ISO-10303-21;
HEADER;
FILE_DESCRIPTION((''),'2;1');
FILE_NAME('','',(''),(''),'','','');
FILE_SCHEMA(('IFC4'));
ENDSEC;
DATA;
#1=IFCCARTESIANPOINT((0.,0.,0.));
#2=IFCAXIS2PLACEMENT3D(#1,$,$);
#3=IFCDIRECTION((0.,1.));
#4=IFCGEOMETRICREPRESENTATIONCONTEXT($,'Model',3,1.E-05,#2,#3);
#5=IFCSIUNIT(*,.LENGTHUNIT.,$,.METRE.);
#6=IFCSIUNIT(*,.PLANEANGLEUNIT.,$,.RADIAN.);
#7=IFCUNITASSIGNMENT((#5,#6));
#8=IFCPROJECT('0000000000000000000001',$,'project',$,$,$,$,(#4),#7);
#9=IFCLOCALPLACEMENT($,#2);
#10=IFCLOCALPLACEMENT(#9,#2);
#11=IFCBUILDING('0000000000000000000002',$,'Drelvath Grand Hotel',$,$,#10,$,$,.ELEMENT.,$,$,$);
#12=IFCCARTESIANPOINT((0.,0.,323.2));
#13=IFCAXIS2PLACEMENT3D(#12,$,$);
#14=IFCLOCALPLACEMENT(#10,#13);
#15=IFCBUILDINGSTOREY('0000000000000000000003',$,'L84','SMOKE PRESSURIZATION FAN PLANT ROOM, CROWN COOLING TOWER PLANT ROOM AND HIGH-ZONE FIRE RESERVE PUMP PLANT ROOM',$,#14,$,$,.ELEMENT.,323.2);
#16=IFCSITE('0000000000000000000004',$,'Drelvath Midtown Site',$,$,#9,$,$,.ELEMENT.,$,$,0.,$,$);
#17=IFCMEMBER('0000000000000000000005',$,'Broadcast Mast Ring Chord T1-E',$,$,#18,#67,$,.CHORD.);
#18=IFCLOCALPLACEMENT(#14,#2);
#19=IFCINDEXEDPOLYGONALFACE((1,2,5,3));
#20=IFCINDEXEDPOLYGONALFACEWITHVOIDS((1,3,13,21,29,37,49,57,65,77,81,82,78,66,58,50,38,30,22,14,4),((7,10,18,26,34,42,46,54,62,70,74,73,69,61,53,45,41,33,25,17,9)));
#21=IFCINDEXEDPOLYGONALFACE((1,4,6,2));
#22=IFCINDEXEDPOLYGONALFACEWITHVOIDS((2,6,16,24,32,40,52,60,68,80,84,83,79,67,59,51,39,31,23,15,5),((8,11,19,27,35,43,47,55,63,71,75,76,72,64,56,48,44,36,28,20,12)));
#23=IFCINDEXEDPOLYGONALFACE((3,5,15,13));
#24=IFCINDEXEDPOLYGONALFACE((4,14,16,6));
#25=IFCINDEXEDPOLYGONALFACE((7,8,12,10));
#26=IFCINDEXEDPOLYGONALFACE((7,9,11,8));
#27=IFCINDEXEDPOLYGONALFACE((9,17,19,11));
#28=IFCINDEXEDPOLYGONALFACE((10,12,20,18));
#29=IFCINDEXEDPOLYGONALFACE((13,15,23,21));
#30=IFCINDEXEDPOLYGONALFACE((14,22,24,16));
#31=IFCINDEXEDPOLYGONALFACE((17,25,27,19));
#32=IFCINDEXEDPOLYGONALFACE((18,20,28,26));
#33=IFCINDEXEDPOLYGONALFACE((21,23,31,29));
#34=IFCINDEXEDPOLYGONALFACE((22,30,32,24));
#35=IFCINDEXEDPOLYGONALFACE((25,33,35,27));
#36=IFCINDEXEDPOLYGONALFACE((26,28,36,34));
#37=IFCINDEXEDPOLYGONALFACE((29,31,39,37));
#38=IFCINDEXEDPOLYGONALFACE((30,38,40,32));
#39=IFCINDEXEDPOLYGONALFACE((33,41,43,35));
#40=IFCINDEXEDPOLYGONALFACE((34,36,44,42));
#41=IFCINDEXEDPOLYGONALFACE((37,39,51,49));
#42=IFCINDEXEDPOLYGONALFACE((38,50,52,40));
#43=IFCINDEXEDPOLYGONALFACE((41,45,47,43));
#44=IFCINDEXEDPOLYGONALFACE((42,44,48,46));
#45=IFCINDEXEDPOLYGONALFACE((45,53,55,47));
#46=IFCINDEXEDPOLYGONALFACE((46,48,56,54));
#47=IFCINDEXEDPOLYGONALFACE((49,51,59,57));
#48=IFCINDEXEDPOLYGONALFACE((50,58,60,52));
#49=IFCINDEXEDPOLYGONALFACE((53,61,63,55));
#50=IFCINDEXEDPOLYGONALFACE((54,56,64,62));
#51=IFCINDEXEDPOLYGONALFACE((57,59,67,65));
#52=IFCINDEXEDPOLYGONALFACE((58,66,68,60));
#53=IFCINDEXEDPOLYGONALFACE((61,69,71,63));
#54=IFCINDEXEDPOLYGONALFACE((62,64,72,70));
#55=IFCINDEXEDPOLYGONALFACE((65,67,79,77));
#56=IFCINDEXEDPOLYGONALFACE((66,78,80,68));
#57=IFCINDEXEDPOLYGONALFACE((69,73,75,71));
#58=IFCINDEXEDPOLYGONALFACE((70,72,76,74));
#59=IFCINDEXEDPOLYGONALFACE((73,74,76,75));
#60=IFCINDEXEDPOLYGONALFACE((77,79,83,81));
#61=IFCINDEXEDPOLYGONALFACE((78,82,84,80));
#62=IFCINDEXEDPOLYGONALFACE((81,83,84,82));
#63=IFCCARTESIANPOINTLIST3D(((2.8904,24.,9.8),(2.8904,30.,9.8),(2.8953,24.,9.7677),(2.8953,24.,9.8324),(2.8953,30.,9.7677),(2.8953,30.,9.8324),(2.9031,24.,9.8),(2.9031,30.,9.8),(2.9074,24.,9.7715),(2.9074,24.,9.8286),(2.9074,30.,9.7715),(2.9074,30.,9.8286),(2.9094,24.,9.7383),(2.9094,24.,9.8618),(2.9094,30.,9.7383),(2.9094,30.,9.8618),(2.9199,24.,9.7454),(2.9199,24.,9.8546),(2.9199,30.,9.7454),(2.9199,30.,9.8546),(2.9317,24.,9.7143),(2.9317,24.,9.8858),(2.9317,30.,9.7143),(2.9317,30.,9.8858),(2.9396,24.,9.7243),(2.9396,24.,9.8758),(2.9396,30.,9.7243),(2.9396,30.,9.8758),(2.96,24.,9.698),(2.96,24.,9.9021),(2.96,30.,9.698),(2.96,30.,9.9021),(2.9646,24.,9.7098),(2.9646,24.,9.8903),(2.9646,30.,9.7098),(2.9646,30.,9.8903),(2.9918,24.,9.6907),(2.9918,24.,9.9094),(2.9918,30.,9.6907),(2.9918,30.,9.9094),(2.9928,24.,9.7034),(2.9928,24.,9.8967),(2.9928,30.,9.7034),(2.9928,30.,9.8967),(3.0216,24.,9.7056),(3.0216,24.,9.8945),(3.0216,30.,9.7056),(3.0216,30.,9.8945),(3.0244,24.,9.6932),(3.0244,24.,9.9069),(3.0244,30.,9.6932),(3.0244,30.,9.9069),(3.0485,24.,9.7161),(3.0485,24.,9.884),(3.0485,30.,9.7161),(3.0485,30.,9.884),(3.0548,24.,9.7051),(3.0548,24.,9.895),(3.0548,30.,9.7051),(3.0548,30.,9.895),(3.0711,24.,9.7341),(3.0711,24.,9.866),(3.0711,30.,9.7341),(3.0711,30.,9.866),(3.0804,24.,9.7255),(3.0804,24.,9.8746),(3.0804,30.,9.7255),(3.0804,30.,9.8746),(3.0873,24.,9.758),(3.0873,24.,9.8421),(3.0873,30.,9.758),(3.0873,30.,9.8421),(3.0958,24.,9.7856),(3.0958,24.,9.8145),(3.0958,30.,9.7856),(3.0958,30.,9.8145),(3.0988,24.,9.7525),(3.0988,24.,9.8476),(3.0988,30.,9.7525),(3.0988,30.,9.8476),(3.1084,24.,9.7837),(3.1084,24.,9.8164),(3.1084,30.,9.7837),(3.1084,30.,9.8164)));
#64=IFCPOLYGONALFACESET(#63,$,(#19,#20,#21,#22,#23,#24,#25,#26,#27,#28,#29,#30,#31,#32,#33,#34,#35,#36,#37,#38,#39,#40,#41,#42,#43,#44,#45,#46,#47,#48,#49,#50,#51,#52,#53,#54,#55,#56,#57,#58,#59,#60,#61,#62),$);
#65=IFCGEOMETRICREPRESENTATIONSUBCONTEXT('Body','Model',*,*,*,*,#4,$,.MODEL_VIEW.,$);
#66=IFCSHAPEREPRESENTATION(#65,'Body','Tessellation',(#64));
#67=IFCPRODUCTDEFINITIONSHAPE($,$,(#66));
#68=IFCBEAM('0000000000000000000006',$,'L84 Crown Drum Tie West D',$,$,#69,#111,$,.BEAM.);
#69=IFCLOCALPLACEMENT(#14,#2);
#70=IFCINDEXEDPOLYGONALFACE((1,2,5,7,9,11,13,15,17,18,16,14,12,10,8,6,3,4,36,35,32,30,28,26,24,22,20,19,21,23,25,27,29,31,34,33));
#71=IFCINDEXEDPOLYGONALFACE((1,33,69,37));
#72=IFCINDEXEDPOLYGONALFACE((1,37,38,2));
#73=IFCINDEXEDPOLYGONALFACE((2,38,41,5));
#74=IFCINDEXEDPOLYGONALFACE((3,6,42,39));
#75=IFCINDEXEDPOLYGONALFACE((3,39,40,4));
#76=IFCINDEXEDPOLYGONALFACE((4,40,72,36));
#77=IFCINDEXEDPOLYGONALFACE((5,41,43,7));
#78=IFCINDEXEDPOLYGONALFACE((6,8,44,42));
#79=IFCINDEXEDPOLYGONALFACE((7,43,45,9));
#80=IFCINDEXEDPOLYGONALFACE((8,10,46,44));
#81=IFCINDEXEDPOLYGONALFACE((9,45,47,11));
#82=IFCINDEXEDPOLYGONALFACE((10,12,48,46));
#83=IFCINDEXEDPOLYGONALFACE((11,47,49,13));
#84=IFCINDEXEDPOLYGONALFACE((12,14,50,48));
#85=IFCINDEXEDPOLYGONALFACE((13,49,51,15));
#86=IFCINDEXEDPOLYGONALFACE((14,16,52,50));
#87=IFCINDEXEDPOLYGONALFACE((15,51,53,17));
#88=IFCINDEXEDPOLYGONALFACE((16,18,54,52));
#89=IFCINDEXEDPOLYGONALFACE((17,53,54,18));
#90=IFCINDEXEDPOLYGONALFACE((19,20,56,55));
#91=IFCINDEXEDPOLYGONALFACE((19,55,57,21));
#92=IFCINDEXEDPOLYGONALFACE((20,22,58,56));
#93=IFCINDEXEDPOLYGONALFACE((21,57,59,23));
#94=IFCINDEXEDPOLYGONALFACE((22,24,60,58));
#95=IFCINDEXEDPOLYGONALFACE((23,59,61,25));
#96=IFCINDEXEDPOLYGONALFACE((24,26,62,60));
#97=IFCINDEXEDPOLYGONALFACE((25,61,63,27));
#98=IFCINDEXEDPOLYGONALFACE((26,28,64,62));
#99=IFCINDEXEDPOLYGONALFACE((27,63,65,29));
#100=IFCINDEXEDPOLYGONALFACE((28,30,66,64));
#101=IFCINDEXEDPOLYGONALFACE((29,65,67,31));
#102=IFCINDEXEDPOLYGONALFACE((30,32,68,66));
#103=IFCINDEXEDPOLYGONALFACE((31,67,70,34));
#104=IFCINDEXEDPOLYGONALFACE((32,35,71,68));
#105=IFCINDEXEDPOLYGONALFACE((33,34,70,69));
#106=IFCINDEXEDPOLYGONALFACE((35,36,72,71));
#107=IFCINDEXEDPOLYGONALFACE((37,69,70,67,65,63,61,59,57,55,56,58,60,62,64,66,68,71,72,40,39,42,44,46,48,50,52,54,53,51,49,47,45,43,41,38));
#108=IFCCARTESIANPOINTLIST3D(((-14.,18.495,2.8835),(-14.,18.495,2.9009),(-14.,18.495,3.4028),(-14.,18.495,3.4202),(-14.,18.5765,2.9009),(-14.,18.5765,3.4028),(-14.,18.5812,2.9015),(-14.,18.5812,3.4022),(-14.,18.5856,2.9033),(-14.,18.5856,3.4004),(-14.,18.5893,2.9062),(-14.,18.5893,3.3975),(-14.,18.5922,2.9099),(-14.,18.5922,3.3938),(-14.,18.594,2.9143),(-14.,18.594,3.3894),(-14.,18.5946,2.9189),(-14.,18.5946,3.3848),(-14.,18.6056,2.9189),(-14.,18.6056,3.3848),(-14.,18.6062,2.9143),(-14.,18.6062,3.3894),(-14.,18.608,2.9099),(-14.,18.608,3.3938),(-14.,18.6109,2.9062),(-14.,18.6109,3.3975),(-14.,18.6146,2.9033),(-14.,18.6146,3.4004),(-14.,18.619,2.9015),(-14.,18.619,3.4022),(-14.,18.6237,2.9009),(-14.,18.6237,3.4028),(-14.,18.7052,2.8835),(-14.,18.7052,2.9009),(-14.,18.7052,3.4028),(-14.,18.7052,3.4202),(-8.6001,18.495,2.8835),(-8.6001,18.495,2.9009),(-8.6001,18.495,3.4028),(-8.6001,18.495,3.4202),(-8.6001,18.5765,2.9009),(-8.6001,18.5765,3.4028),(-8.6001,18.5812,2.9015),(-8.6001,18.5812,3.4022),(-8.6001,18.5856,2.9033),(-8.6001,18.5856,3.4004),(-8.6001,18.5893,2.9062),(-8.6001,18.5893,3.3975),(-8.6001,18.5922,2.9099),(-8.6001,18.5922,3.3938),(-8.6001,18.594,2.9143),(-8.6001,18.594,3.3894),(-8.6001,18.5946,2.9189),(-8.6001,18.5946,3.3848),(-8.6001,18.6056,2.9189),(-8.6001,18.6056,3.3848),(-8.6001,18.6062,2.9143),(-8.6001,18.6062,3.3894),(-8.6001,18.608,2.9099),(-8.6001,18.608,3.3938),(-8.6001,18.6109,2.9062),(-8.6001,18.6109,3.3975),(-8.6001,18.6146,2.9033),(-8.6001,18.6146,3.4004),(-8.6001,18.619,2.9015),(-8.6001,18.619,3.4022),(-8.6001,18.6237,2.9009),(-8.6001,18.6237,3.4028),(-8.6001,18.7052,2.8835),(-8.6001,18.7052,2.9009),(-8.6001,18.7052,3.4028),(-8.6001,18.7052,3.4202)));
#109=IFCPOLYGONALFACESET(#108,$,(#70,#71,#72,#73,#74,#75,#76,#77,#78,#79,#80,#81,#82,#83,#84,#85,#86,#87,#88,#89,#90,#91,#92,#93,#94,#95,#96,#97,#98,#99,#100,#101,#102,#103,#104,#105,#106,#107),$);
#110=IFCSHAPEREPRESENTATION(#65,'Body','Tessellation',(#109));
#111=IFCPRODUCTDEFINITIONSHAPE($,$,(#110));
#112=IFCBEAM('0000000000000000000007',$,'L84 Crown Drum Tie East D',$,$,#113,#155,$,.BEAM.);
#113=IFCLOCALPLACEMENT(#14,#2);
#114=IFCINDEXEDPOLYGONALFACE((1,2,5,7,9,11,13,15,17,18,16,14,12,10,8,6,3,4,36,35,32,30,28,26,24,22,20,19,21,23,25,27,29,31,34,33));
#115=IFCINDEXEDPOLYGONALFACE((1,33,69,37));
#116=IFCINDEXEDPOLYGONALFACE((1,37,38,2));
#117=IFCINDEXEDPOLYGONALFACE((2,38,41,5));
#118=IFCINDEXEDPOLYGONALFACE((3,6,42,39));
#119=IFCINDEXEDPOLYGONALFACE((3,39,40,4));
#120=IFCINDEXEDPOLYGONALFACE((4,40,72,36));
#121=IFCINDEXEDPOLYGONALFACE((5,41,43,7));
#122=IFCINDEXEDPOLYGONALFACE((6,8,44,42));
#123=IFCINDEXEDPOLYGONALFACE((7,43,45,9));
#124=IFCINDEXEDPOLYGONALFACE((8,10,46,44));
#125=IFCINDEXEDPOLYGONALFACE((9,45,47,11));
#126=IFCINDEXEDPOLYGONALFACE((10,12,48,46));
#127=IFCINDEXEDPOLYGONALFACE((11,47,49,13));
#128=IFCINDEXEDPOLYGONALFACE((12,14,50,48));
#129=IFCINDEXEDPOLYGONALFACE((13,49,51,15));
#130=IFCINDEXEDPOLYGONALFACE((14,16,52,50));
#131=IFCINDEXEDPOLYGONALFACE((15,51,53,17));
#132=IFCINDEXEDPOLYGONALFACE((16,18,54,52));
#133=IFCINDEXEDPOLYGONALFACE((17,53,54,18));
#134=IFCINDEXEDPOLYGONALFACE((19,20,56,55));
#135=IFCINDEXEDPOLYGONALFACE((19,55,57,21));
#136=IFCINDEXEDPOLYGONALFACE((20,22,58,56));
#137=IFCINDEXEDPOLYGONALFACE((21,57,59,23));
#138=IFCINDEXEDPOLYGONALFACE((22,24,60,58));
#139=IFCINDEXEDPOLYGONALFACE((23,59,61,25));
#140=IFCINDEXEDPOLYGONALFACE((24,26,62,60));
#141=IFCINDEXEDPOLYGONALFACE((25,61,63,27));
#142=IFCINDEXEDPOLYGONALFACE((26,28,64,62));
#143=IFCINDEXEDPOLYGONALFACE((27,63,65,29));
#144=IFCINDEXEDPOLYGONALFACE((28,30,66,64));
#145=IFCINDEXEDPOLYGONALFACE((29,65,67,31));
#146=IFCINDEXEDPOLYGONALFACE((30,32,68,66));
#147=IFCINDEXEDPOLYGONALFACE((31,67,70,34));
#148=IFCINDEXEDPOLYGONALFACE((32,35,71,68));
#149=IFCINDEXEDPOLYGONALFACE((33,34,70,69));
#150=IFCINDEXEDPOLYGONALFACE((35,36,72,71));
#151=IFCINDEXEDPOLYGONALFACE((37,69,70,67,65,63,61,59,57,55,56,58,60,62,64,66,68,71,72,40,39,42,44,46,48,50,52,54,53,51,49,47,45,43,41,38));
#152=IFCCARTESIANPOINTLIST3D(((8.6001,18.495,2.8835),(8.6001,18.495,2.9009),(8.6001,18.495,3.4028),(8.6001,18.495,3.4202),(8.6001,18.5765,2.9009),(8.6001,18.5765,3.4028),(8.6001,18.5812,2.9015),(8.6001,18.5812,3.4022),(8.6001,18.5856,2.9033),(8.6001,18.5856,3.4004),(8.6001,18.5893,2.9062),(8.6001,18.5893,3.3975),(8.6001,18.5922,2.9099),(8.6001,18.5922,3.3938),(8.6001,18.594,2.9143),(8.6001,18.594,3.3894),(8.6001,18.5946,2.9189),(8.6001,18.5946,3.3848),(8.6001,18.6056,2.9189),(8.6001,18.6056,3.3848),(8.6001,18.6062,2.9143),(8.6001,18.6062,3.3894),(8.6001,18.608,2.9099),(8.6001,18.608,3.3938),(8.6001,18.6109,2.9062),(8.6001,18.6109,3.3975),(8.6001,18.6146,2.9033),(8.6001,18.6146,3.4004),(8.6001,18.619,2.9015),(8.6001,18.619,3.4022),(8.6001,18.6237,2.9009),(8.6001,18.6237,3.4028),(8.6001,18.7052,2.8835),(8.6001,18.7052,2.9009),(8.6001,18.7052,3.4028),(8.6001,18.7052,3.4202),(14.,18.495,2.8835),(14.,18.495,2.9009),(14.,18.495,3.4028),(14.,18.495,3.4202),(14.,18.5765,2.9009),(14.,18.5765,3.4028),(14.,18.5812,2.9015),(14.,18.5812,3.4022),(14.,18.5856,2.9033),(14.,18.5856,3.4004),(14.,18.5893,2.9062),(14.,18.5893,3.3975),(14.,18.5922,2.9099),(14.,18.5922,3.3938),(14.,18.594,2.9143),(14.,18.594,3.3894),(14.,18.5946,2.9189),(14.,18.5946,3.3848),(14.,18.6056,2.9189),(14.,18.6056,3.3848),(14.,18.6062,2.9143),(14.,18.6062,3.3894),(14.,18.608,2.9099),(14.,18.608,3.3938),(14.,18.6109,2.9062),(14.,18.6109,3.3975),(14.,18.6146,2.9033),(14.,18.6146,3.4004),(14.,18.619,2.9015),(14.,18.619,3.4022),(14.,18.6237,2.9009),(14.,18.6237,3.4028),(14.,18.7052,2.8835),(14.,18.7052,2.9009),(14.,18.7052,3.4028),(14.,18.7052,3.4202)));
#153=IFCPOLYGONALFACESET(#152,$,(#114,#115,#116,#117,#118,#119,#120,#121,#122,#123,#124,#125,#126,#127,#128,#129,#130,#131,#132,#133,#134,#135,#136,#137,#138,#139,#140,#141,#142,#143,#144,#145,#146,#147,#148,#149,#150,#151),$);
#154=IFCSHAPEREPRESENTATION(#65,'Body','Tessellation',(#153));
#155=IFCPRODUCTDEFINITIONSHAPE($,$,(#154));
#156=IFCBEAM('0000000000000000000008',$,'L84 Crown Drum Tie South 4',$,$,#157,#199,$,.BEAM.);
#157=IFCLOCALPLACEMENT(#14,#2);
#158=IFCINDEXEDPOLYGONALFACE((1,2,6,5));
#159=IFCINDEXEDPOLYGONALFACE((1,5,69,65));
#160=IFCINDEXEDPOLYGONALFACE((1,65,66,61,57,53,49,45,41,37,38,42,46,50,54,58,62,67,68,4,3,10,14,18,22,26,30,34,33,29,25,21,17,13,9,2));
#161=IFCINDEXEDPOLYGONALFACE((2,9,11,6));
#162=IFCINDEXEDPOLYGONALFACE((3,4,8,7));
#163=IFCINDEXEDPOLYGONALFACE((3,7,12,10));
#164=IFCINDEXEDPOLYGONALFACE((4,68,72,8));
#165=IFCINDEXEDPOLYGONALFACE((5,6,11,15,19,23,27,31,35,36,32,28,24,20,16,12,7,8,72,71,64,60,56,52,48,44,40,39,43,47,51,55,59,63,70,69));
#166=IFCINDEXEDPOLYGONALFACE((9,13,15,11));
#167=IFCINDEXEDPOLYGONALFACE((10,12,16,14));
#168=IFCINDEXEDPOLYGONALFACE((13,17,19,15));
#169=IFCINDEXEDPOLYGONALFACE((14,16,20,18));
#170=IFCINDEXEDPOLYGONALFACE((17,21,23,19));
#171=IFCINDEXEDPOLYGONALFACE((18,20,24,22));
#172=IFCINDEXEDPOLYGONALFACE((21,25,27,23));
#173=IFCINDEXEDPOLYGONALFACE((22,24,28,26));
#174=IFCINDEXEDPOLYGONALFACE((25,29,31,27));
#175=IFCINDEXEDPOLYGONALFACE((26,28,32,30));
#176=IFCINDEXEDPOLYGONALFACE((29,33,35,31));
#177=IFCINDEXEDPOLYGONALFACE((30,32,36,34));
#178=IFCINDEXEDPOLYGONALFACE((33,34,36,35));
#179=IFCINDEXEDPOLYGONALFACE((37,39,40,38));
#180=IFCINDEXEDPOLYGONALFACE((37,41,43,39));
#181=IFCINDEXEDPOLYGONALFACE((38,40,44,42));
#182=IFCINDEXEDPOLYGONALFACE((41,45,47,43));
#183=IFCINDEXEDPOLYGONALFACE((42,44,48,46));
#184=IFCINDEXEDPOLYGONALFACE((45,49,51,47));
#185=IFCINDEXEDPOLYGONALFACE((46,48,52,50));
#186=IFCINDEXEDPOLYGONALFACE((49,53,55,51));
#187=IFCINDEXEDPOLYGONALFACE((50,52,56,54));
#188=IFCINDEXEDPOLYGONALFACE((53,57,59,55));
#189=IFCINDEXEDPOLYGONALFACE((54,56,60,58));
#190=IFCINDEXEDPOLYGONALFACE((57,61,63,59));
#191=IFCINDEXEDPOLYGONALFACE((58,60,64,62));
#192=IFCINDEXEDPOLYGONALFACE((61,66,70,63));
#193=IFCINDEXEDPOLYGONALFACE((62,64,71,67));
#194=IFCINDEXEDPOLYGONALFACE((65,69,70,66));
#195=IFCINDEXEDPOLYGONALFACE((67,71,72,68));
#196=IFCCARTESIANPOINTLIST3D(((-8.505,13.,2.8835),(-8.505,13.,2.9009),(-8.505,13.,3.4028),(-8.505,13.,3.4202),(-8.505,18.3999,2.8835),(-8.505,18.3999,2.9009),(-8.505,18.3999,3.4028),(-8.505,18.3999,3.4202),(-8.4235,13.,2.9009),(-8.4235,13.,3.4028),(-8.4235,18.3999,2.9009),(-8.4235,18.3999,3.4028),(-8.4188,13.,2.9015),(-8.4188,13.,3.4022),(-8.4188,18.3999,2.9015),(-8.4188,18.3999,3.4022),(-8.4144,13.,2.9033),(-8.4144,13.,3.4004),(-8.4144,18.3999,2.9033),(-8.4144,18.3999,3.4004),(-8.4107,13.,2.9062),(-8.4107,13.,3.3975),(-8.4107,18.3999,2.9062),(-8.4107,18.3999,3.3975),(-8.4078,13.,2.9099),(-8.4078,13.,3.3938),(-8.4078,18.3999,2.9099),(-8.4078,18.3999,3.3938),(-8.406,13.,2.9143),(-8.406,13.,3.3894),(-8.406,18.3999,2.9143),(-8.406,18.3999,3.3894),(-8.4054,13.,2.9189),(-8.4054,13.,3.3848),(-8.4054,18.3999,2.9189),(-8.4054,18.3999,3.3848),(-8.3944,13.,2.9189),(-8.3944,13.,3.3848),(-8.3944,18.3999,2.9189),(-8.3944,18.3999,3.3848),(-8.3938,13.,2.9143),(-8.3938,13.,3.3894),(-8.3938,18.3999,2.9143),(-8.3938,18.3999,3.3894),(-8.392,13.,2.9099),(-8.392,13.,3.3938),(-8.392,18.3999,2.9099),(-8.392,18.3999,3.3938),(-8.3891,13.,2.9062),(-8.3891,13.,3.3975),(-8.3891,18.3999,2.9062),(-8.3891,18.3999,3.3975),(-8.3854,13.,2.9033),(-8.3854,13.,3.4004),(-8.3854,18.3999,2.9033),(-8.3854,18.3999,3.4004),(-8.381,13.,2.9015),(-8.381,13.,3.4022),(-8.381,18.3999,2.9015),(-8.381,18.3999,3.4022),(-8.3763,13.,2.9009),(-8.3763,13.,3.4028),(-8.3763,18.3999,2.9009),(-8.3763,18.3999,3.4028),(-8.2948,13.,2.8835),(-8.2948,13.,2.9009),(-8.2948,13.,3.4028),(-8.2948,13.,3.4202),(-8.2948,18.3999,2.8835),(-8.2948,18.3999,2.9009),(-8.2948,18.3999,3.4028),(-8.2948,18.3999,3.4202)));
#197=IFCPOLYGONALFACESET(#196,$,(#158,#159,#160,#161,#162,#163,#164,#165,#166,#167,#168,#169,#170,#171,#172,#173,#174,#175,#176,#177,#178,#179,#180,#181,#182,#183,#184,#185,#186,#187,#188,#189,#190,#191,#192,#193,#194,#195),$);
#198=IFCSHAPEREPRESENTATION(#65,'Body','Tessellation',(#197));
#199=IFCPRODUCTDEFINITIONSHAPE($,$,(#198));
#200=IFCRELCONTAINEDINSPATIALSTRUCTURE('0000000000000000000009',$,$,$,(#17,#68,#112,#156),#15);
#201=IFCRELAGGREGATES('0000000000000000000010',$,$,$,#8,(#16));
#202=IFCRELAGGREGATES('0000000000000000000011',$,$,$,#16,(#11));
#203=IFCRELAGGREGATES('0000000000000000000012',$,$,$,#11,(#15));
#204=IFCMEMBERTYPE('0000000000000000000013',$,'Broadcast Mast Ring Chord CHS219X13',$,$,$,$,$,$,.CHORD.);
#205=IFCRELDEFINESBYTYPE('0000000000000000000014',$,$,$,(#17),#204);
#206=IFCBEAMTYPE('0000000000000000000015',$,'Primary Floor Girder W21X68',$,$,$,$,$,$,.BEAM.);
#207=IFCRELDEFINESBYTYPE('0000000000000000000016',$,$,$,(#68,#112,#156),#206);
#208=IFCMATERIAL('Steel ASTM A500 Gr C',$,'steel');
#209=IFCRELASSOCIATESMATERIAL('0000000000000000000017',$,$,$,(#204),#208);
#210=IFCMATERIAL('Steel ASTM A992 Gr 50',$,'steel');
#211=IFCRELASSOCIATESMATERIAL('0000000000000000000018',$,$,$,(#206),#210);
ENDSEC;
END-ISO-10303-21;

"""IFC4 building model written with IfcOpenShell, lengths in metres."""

from ifc_helpers import new_model, si_unit, direction, frame, origin, origin_2d, place, context, subcontext, project, spatial, hollow_circle, i_section, extrude, material, material_profile, profile_set, type_object, element, save


model = new_model("IFC4")

# Units and contexts
model_context = context("Model", 3, precision=1e-05, world=origin(), true_north=direction((0.0, 1.0)))
body_context = subcontext(model_context, "Body", "Model", "MODEL_VIEW")
ifc_project = project(units=[si_unit("LENGTHUNIT", "METRE"), si_unit("PLANEANGLEUNIT", "RADIAN")], contexts=[model_context])

# Site, building, storey
site_placement = place(None, origin())
site = spatial("IfcSite", under=ifc_project, at=site_placement, Name="Drelvath Midtown Site", CompositionType="ELEMENT", RefElevation=0.0)
building_placement = place(site_placement, origin())
building = spatial("IfcBuilding", under=site, at=building_placement, Name="Drelvath Grand Hotel", CompositionType="ELEMENT")
storey_placement = place(building_placement, frame((0.0, 0.0, 323.2)))
storey = spatial("IfcBuildingStorey", under=building, at=storey_placement, Name="L84", Description="SMOKE PRESSURIZATION FAN PLANT ROOM, CROWN COOLING TOWER PLANT ROOM AND HIGH-ZONE FIRE RESERVE PUMP PLANT ROOM", CompositionType="ELEMENT", Elevation=323.2)

# Member
ifc_material_1 = material(Name="Steel ASTM A500 Gr C", Category="steel")
ifc_material_profile_1 = material_profile(ifc_material_1, hollow_circle(Radius=0.1096, WallThickness=0.0127, at=origin_2d()), Name="CHS219X13")
ifc_profile_set_1 = profile_set([ifc_material_profile_1], Name="Steel ASTM A500 Gr C")
member_type_1 = type_object("IfcMemberType", Name="Broadcast Mast Ring Chord CHS219X13", PredefinedType="CHORD", material=ifc_profile_set_1)
for number, where, z_axis, x_axis, name in (
    (1, (3.0, 24.0, 9.8), (0.0, 1.0, 0.0), (-1.0, 0.0, 0.0), "Broadcast Mast Ring Chord T1-E"),
):
    element("IfcMember", number, at=place(storey_placement, frame(where, z_axis=z_axis, x_axis=x_axis)), inside=storey, type_object=member_type_1, Name=name, PredefinedType="CHORD", context=body_context, shape_type="SweptSolid", body=[
        extrude(hollow_circle(Radius=0.1096, WallThickness=0.0127, at=origin_2d()), origin(), (0.0, 0.0, 1.0), 6.0),
    ])

# Beams
ifc_material_2 = material(Name="Steel ASTM A992 Gr 50", Category="steel")
ifc_material_profile_2 = material_profile(ifc_material_2, i_section(OverallWidth=0.2102, OverallDepth=0.5366, WebThickness=0.011, FlangeThickness=0.0173, FilletRadius=0.0181, at=origin_2d()), Name="W21X68")
ifc_profile_set_2 = profile_set([ifc_material_profile_2], Name="Steel ASTM A992 Gr 50")
beam_type_1 = type_object("IfcBeamType", Name="Primary Floor Girder W21X68", PredefinedType="BEAM", material=ifc_profile_set_2)
for number, where, z_axis, x_axis, name in (
    (2, (-14.0, 18.6001, 3.1519), (1.0, 0.0, 0.0), (0.0, 1.0, 0.0), "L84 Crown Drum Tie West D"),
    (3, (8.6001, 18.6001, 3.1519), (1.0, 0.0, 0.0), (0.0, 1.0, 0.0), "L84 Crown Drum Tie East D"),
    (4, (-8.3999, 13.0, 3.1519), (0.0, 1.0, 0.0), (-1.0, 0.0, 0.0), "L84 Crown Drum Tie South 4"),
):
    element("IfcBeam", number, at=place(storey_placement, frame(where, z_axis=z_axis, x_axis=x_axis)), inside=storey, type_object=beam_type_1, Name=name, PredefinedType="BEAM", context=body_context, shape_type="SweptSolid", body=[
        extrude(i_section(OverallWidth=0.2102, OverallDepth=0.5366, WebThickness=0.011, FlangeThickness=0.0173, FilletRadius=0.0181, at=origin_2d()), origin(), (0.0, 0.0, 1.0), 5.3999),
    ])

save(model, "model.ifc")
